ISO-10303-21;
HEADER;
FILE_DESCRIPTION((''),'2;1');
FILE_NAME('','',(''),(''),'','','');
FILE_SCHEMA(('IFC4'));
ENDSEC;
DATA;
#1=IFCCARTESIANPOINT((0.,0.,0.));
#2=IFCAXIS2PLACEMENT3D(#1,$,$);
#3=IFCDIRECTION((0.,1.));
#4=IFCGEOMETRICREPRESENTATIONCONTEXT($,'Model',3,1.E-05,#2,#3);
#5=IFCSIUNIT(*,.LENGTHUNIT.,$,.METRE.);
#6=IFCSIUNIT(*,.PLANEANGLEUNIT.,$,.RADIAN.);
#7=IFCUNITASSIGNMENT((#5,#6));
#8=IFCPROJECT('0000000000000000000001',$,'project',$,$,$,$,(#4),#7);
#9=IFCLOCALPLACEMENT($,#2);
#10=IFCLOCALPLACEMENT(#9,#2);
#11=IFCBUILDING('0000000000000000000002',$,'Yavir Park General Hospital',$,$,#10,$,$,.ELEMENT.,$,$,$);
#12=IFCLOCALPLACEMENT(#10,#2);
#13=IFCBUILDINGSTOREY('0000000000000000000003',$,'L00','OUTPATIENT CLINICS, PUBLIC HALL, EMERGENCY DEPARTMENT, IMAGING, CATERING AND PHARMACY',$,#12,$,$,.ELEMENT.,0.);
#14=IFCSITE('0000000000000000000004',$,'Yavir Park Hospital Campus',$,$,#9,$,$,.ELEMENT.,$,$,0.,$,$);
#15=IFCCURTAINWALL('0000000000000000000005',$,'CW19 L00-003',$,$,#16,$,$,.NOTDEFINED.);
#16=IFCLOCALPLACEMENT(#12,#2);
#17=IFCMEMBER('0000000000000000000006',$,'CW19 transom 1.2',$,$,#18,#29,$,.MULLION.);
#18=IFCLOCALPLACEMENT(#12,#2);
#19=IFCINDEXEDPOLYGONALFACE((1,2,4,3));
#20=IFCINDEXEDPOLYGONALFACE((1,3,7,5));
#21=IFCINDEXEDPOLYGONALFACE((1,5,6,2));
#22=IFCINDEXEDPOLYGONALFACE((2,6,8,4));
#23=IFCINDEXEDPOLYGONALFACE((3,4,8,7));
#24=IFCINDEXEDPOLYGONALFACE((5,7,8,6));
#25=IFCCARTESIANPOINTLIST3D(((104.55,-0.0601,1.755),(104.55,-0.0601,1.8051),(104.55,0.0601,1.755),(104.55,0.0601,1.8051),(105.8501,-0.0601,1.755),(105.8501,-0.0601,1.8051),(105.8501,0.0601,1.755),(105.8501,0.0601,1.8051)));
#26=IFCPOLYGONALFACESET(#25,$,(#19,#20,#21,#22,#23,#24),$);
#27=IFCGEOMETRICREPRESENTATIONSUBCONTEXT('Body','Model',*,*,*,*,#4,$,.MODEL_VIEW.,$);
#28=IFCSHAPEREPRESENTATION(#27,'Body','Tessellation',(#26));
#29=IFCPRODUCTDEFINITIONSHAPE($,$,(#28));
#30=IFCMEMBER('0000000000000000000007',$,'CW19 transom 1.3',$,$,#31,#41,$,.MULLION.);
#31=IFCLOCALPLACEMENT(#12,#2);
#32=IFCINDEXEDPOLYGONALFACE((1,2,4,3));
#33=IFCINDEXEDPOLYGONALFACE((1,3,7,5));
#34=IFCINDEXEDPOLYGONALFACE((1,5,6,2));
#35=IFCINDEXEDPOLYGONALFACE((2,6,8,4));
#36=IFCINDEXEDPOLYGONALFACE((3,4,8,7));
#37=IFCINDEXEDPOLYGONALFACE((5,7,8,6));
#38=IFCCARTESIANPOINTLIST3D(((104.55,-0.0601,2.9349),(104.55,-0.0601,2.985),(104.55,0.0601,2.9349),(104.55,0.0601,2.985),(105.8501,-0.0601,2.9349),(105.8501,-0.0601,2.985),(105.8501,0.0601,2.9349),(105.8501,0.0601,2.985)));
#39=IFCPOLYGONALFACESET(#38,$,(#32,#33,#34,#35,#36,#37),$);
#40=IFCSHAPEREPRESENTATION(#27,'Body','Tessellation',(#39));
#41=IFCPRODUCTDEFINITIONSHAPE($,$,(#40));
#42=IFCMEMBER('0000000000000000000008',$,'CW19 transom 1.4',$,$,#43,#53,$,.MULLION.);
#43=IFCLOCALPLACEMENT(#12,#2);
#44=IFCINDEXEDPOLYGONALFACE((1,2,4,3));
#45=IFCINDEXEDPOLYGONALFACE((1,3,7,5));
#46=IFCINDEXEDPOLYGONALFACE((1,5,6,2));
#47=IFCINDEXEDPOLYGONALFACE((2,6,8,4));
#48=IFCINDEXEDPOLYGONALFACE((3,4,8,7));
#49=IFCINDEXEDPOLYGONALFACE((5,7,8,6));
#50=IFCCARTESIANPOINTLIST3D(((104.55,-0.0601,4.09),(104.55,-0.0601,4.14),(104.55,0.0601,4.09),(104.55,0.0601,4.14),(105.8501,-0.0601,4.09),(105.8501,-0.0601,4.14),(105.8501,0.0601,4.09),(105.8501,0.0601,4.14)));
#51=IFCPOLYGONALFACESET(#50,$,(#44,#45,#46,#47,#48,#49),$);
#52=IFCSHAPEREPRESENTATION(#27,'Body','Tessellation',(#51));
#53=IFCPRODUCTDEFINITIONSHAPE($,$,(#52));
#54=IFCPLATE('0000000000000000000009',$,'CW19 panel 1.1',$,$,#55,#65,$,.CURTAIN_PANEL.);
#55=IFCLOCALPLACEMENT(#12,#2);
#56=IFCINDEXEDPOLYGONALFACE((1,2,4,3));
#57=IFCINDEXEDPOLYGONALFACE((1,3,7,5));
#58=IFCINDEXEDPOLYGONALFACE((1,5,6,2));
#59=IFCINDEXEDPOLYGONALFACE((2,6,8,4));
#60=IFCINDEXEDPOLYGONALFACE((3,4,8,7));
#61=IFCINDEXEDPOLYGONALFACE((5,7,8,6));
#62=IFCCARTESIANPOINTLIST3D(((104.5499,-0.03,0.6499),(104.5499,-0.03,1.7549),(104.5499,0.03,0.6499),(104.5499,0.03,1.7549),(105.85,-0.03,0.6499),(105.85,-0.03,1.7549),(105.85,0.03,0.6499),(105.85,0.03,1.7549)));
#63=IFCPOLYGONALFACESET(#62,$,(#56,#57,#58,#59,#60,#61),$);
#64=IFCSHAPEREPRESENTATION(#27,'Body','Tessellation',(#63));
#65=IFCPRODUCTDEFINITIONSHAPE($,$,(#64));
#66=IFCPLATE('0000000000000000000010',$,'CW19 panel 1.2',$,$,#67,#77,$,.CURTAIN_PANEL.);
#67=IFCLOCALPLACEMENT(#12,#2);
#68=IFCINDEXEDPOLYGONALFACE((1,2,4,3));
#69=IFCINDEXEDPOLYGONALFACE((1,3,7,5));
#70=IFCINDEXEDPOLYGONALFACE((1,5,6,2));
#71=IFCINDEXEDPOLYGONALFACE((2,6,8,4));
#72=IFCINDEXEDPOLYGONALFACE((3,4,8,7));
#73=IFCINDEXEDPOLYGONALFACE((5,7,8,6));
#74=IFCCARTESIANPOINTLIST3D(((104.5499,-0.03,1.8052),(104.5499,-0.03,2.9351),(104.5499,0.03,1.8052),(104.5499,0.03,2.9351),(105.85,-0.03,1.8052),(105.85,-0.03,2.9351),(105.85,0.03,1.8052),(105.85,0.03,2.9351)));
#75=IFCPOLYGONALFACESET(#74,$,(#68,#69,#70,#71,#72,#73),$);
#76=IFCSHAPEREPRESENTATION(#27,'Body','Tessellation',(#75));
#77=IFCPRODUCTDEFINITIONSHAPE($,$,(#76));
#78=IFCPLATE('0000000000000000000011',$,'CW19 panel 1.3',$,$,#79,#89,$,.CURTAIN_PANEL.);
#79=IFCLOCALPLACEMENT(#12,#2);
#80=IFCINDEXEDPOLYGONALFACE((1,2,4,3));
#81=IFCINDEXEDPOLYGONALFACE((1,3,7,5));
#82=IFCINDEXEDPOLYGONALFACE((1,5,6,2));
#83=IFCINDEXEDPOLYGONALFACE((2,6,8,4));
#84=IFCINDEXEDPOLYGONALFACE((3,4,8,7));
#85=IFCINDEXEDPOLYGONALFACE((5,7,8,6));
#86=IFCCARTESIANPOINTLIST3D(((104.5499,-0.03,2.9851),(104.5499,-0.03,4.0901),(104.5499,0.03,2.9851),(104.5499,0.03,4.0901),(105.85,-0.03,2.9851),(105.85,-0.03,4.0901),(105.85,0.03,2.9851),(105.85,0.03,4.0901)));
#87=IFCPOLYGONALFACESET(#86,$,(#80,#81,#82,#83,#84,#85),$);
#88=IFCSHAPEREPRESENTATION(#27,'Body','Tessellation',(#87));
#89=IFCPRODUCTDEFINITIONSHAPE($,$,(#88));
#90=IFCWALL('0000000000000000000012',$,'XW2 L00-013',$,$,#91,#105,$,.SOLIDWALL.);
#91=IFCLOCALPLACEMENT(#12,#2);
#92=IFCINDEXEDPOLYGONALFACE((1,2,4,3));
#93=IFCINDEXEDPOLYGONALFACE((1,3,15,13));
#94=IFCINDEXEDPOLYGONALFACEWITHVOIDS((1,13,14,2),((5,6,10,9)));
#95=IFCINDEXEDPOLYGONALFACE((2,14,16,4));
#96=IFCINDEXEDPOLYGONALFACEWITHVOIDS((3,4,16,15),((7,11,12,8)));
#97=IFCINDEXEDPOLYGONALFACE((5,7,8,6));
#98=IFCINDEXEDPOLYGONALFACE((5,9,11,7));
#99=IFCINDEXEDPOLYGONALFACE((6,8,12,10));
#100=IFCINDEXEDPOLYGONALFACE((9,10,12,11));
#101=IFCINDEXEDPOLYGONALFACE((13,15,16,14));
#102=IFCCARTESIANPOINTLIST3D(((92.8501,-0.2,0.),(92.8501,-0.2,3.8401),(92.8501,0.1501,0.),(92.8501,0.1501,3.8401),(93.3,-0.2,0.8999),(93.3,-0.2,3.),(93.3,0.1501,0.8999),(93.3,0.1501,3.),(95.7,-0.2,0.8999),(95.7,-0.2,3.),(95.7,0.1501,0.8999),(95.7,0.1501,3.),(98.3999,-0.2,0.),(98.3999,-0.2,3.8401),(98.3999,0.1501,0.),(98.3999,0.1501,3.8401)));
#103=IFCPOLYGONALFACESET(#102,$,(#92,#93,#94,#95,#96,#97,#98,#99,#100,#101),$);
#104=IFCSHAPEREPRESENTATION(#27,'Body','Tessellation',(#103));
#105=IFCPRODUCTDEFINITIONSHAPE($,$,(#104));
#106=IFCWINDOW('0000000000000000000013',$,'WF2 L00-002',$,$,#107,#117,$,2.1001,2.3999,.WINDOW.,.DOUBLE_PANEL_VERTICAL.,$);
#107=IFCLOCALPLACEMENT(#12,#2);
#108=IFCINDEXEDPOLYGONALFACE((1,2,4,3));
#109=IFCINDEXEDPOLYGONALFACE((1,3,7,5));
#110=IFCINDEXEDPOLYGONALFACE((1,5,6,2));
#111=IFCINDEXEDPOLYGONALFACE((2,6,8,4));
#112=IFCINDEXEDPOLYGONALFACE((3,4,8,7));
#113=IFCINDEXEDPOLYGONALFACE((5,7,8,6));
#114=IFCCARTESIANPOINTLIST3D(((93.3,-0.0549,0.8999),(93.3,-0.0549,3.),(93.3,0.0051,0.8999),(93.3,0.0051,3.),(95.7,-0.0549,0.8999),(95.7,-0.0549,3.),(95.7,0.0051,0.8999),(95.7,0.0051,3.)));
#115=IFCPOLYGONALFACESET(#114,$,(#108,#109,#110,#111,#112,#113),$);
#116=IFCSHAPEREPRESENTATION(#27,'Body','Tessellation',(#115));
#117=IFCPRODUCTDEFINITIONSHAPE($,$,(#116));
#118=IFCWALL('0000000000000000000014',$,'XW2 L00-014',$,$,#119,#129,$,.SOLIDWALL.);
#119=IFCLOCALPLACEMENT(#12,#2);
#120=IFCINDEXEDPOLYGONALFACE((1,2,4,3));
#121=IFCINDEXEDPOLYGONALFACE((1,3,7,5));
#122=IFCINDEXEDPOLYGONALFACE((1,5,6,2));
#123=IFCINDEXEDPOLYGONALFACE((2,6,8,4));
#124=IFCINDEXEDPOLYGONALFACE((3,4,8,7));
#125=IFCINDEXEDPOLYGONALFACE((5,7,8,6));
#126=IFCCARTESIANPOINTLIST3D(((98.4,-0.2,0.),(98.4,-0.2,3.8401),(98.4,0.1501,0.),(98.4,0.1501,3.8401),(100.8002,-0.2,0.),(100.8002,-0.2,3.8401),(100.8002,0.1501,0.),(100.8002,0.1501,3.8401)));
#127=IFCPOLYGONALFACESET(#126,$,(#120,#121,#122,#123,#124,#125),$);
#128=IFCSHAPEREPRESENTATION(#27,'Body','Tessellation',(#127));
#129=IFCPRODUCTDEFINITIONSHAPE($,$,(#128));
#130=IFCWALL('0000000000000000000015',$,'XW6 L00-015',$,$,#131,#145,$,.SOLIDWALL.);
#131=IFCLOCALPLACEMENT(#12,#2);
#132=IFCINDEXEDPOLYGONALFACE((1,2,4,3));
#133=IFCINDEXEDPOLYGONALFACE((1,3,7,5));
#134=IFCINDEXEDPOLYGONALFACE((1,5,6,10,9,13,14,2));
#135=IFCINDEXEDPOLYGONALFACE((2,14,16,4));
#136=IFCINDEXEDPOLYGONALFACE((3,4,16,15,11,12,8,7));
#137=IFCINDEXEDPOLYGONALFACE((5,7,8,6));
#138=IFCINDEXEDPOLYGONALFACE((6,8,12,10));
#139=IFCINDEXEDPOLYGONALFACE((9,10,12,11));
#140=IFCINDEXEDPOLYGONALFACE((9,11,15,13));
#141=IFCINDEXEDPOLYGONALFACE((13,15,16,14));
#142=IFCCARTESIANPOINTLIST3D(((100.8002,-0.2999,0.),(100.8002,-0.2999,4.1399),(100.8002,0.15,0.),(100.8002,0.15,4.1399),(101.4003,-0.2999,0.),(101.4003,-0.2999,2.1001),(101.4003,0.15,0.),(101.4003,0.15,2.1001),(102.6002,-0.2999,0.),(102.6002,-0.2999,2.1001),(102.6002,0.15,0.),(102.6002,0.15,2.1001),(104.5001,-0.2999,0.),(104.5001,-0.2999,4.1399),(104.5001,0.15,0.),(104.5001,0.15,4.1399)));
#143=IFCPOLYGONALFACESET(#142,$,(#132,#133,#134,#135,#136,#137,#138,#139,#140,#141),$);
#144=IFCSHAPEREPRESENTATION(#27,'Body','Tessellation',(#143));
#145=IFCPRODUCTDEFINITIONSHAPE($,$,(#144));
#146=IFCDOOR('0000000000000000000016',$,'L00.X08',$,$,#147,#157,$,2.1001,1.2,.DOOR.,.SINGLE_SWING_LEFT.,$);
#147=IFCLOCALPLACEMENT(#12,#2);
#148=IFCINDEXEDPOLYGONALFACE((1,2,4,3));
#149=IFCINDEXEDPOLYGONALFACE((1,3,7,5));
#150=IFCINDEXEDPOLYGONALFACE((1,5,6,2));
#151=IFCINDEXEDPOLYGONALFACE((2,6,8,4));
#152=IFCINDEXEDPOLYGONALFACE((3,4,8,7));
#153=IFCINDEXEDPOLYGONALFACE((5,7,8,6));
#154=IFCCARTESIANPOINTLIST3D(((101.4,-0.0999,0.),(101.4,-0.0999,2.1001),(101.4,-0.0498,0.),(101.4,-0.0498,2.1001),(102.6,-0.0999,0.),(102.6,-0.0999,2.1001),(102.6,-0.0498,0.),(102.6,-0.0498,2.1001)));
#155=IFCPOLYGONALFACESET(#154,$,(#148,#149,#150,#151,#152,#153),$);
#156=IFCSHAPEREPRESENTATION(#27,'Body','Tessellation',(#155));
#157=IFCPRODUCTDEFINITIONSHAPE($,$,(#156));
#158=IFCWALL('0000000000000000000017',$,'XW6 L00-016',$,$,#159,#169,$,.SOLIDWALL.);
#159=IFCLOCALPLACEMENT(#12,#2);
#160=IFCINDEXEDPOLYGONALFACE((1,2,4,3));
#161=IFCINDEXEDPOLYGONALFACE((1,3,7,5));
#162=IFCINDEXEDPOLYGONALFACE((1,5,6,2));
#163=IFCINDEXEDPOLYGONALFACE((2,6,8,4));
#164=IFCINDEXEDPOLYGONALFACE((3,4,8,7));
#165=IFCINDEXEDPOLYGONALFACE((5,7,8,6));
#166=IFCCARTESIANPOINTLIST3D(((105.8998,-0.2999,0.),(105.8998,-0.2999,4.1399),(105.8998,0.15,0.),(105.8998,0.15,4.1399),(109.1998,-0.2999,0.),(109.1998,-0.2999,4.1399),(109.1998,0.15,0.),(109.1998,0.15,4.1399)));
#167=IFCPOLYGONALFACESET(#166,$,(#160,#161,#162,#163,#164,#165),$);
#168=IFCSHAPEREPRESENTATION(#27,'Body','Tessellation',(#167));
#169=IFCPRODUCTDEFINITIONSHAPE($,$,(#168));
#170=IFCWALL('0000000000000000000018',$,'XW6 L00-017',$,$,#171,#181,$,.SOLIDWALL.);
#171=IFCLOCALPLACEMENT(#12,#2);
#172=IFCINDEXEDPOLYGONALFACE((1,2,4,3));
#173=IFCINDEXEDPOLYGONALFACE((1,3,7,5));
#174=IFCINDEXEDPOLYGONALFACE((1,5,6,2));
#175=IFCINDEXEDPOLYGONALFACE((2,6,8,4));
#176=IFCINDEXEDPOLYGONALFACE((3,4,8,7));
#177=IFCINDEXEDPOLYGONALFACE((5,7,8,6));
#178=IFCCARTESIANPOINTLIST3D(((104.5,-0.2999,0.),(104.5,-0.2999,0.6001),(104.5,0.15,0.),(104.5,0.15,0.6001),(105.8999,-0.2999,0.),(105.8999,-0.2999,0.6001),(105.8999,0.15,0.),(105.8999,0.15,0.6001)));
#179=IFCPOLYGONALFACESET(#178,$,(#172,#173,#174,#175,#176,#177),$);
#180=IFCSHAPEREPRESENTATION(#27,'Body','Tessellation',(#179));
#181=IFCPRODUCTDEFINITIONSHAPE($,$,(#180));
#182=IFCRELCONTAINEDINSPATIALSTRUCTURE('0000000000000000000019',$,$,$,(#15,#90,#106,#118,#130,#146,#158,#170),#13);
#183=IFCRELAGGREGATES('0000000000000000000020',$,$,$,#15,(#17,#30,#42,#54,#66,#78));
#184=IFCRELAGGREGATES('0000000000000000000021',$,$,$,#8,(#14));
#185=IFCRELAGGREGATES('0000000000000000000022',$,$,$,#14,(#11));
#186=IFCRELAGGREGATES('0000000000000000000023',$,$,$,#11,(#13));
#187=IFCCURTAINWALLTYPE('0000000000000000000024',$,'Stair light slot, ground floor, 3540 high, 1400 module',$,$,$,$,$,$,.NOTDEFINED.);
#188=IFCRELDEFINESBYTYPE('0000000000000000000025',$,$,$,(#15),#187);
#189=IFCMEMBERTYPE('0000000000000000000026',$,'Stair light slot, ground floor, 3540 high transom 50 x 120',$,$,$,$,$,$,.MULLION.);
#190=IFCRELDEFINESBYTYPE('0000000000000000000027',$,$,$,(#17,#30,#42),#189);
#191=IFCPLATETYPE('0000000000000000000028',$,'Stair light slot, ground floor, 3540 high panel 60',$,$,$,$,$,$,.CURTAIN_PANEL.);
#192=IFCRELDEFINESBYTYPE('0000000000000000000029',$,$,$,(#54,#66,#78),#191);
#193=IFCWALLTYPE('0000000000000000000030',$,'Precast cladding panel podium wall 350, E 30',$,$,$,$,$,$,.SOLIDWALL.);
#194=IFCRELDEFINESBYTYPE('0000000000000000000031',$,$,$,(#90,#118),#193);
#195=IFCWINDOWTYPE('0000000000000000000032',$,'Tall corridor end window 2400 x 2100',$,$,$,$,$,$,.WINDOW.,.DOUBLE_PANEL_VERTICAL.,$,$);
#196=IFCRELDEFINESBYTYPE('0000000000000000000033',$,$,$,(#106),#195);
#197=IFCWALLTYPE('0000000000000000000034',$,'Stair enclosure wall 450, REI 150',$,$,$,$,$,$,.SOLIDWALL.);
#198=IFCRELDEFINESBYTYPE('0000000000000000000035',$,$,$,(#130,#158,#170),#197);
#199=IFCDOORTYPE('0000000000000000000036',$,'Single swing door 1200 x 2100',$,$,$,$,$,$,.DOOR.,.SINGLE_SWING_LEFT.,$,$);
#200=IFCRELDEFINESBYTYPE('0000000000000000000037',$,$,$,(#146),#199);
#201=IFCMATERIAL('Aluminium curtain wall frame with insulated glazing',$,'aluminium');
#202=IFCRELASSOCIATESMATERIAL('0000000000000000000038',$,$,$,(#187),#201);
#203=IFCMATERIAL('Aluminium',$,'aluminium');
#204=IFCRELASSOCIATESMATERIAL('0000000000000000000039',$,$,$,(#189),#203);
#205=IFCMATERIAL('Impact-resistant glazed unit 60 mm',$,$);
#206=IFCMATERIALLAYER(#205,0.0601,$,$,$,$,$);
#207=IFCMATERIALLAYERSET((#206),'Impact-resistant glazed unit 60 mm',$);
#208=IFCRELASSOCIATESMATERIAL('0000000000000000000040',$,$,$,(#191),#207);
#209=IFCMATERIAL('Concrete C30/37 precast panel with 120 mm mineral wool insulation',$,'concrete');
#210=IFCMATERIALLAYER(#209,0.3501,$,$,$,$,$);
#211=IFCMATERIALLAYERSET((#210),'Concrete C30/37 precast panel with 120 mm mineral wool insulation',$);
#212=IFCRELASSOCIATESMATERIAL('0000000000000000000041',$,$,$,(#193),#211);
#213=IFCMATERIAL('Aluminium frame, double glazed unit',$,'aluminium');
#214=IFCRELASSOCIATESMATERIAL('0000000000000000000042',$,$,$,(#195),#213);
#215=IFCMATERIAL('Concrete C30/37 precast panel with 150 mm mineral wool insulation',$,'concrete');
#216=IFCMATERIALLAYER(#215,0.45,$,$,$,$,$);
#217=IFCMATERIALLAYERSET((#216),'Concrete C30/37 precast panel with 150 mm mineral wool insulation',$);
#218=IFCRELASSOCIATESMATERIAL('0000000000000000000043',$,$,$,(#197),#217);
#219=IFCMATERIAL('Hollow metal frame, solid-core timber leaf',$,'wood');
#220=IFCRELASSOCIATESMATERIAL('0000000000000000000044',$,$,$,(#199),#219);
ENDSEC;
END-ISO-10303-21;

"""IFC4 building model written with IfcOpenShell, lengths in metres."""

from ifc_helpers import new_model, si_unit, direction, frame, frame_2d, origin, origin_2d, place, context, subcontext, project, spatial, rectangle, extrude, material, layer, layer_set, material_profile, profile_set, type_object, element, fill, aggregate, save


model = new_model("IFC4")

# Units and contexts
model_context = context("Model", 3, precision=1e-05, world=origin(), true_north=direction((0.0, 1.0)))
body_context = subcontext(model_context, "Body", "Model", "MODEL_VIEW")
ifc_project = project(units=[si_unit("LENGTHUNIT", "METRE"), si_unit("PLANEANGLEUNIT", "RADIAN")], contexts=[model_context])

# Site, building, storey
site_placement = place(None, origin())
site = spatial("IfcSite", under=ifc_project, at=site_placement, Name="Yavir Park Hospital Campus", CompositionType="ELEMENT", RefElevation=0.0)
building_placement = place(site_placement, origin())
building = spatial("IfcBuilding", under=site, at=building_placement, Name="Yavir Park General Hospital", CompositionType="ELEMENT")
storey_placement = place(building_placement, origin())
storey = spatial("IfcBuildingStorey", under=building, at=storey_placement, Name="L00", Description="OUTPATIENT CLINICS, PUBLIC HALL, EMERGENCY DEPARTMENT, IMAGING, CATERING AND PHARMACY", CompositionType="ELEMENT", Elevation=0.0)

# Curtain wall, members, plates
ifc_material_1 = material(Name="Aluminium curtain wall frame with insulated glazing", Category="aluminium")
curtain_wall_type = type_object("IfcCurtainWallType", Name="Stair light slot, ground floor, 3540 high, 1400 module", PredefinedType="NOTDEFINED", material=ifc_material_1)
curtain_wall_placement = place(storey_placement, origin())
curtain_wall = element("IfcCurtainWall", 1, at=curtain_wall_placement, inside=storey, type_object=curtain_wall_type, Name="CW19 L00-003", PredefinedType="NOTDEFINED")
ifc_material_2 = material(Name="Aluminium", Category="aluminium")
ifc_material_profile_1 = material_profile(ifc_material_2, rectangle(XDim=0.1201, YDim=0.05, at=origin_2d()), Name="AL 120x50")
ifc_profile_set_1 = profile_set([ifc_material_profile_1], Name="Aluminium")
member_type_1 = type_object("IfcMemberType", Name="Stair light slot, ground floor, 3540 high transom 50 x 120", PredefinedType="MULLION", material=ifc_profile_set_1)
member_1_placement = place(storey_placement, frame((104.55, 0.0, 1.78), z_axis=(1.0, 0.0, 0.0), x_axis=(0.0, 1.0, 0.0)))
member_1 = element("IfcMember", 2, at=member_1_placement, type_object=member_type_1, Name="CW19 transom 1.2", PredefinedType="MULLION", context=body_context, shape_type="SweptSolid", body=[
    extrude(rectangle(XDim=0.1201, YDim=0.05, at=origin_2d()), origin(), (0.0, 0.0, 1.0), 1.3),
])
member_2_placement = place(storey_placement, frame((104.55, 0.0, 2.96), z_axis=(1.0, 0.0, 0.0), x_axis=(0.0, 1.0, 0.0)))
member_2 = element("IfcMember", 3, at=member_2_placement, type_object=member_type_1, Name="CW19 transom 1.3", PredefinedType="MULLION", context=body_context, shape_type="SweptSolid", body=[
    extrude(rectangle(XDim=0.1201, YDim=0.05, at=origin_2d()), origin(), (0.0, 0.0, 1.0), 1.3),
])
member_3_placement = place(storey_placement, frame((104.55, 0.0, 4.115), z_axis=(1.0, 0.0, 0.0), x_axis=(0.0, 1.0, 0.0)))
member_3 = element("IfcMember", 4, at=member_3_placement, type_object=member_type_1, Name="CW19 transom 1.4", PredefinedType="MULLION", context=body_context, shape_type="SweptSolid", body=[
    extrude(rectangle(XDim=0.1201, YDim=0.05, at=origin_2d()), origin(), (0.0, 0.0, 1.0), 1.3),
])
ifc_material_3 = material(Name="Impact-resistant glazed unit 60 mm")
ifc_layer_1 = layer(ifc_material_3, 0.0601)
ifc_layer_set_1 = layer_set([ifc_layer_1], Name="Impact-resistant glazed unit 60 mm")
plate_type = type_object("IfcPlateType", Name="Stair light slot, ground floor, 3540 high panel 60", PredefinedType="CURTAIN_PANEL", material=ifc_layer_set_1)
plate_1_placement = place(storey_placement, frame((105.2, 0.0, 0.6499), z_axis=(0.0, 0.0, 1.0), x_axis=(1.0, 0.0, 0.0)))
plate_1 = element("IfcPlate", 5, at=plate_1_placement, type_object=plate_type, Name="CW19 panel 1.1", PredefinedType="CURTAIN_PANEL", context=body_context, shape_type="SweptSolid", body=[
    extrude(rectangle(XDim=1.3, YDim=0.0601, at=origin_2d()), origin(), (0.0, 0.0, 1.0), 1.105),
])
plate_2_placement = place(storey_placement, frame((105.2, 0.0, 1.8052), z_axis=(0.0, 0.0, 1.0), x_axis=(1.0, 0.0, 0.0)))
plate_2 = element("IfcPlate", 6, at=plate_2_placement, type_object=plate_type, Name="CW19 panel 1.2", PredefinedType="CURTAIN_PANEL", context=body_context, shape_type="SweptSolid", body=[
    extrude(rectangle(XDim=1.3, YDim=0.0601, at=origin_2d()), origin(), (0.0, 0.0, 1.0), 1.1299),
])
plate_3_placement = place(storey_placement, frame((105.2, 0.0, 2.9851), z_axis=(0.0, 0.0, 1.0), x_axis=(1.0, 0.0, 0.0)))
plate_3 = element("IfcPlate", 7, at=plate_3_placement, type_object=plate_type, Name="CW19 panel 1.3", PredefinedType="CURTAIN_PANEL", context=body_context, shape_type="SweptSolid", body=[
    extrude(rectangle(XDim=1.3, YDim=0.0601, at=origin_2d()), origin(), (0.0, 0.0, 1.0), 1.105),
])
aggregate(curtain_wall, [member_1, member_2, member_3, plate_1, plate_2, plate_3])

# Wall, opening, window
ifc_material_4 = material(Name="Concrete C30/37 precast panel with 120 mm mineral wool insulation", Category="concrete")
ifc_layer_2 = layer(ifc_material_4, 0.3501)
ifc_layer_set_2 = layer_set([ifc_layer_2], Name="Concrete C30/37 precast panel with 120 mm mineral wool insulation")
wall_type_1 = type_object("IfcWallType", Name="Precast cladding panel podium wall 350, E 30", PredefinedType="SOLIDWALL", material=ifc_layer_set_2)
wall_1_placement = place(storey_placement, frame((92.8501, -0.0249, 0.0), z_axis=(0.0, 0.0, 1.0), x_axis=(1.0, 0.0, 0.0)))
wall_1 = element("IfcWall", 8, at=wall_1_placement, inside=storey, type_object=wall_type_1, Name="XW2 L00-013", PredefinedType="SOLIDWALL", context=body_context, shape_type="SweptSolid", body=[
    extrude(rectangle(XDim=5.5498, YDim=0.3501, at=frame_2d((2.7749, 0.0))), origin(), (0.0, 0.0, 1.0), 3.8401),
])
opening_1_placement = place(wall_1_placement, frame((0.45, 0.0, 0.8999)))
opening_1 = element("IfcOpeningElement", 9, at=opening_1_placement, cuts=wall_1, PredefinedType="OPENING", context=body_context, shape_type="SweptSolid", body=[
    extrude(rectangle(XDim=2.3999, YDim=2.1001, at=frame_2d((1.2, 1.05))), frame((0.0, 0.1851, 0.0), z_axis=(0.0, -1.0, 0.0), x_axis=(1.0, 0.0, 0.0)), (0.0, 0.0, 1.0), 0.3701),
])
ifc_material_5 = material(Name="Aluminium frame, double glazed unit", Category="aluminium")
window_type = type_object("IfcWindowType", Name="Tall corridor end window 2400 x 2100", PartitioningType="DOUBLE_PANEL_VERTICAL", PredefinedType="WINDOW", material=ifc_material_5)
window_placement = place(opening_1_placement, origin())
window = element("IfcWindow", 10, at=window_placement, inside=storey, type_object=window_type, Name="WF2 L00-002", OverallHeight=2.1001, OverallWidth=2.3999, PartitioningType="DOUBLE_PANEL_VERTICAL", PredefinedType="WINDOW", context=body_context, shape_type="SweptSolid", body=[
    extrude(rectangle(XDim=2.3999, YDim=2.1001, at=frame_2d((1.2, 1.05))), frame((0.0, 0.03, 0.0), z_axis=(0.0, -1.0, 0.0), x_axis=(1.0, 0.0, 0.0)), (0.0, 0.0, 1.0), 0.0601),
])
fill(opening_1, window)

# Wall
wall_2_placement = place(storey_placement, frame((98.3999, -0.0249, 0.0), z_axis=(0.0, 0.0, 1.0), x_axis=(1.0, 0.0, 0.0)))
element("IfcWall", 11, at=wall_2_placement, inside=storey, type_object=wall_type_1, Name="XW2 L00-014", PredefinedType="SOLIDWALL", context=body_context, shape_type="SweptSolid", body=[
    extrude(rectangle(XDim=2.4001, YDim=0.3501, at=frame_2d((1.2002, 0.0))), origin(), (0.0, 0.0, 1.0), 3.8401),
])

# Wall, opening, door
ifc_material_6 = material(Name="Concrete C30/37 precast panel with 150 mm mineral wool insulation", Category="concrete")
ifc_layer_3 = layer(ifc_material_6, 0.45)
ifc_layer_set_3 = layer_set([ifc_layer_3], Name="Concrete C30/37 precast panel with 150 mm mineral wool insulation")
wall_type_2 = type_object("IfcWallType", Name="Stair enclosure wall 450, REI 150", PredefinedType="SOLIDWALL", material=ifc_layer_set_3)
wall_3_placement = place(storey_placement, frame((100.8, -0.075, 0.0), z_axis=(0.0, 0.0, 1.0), x_axis=(1.0, 0.0, 0.0)))
wall_3 = element("IfcWall", 12, at=wall_3_placement, inside=storey, type_object=wall_type_2, Name="XW6 L00-015", PredefinedType="SOLIDWALL", context=body_context, shape_type="SweptSolid", body=[
    extrude(rectangle(XDim=3.7, YDim=0.45, at=frame_2d((1.8501, 0.0))), origin(), (0.0, 0.0, 1.0), 4.1399),
])
opening_2_placement = place(wall_3_placement, frame((0.6001, 0.0, 0.0)))
opening_2 = element("IfcOpeningElement", 13, at=opening_2_placement, cuts=wall_3, PredefinedType="OPENING", context=body_context, shape_type="SweptSolid", body=[
    extrude(rectangle(XDim=1.2, YDim=2.1001, at=frame_2d((0.6001, 1.05))), frame((0.0, 0.2349, 0.0), z_axis=(0.0, -1.0, 0.0), x_axis=(1.0, 0.0, 0.0)), (0.0, 0.0, 1.0), 0.47),
])
ifc_material_7 = material(Name="Hollow metal frame, solid-core timber leaf", Category="wood")
door_type = type_object("IfcDoorType", Name="Single swing door 1200 x 2100", OperationType="SINGLE_SWING_LEFT", PredefinedType="DOOR", material=ifc_material_7)
door_placement = place(opening_2_placement, frame((1.2, 0.0, 0.0), x_axis=(-1.0, 0.0, 0.0)))
door = element("IfcDoor", 14, at=door_placement, inside=storey, type_object=door_type, Name="L00.X08", OperationType="SINGLE_SWING_LEFT", OverallHeight=2.1001, OverallWidth=1.2, PredefinedType="DOOR", context=body_context, shape_type="SweptSolid", body=[
    extrude(rectangle(XDim=1.2, YDim=2.1001, at=frame_2d((0.6001, 1.05))), frame((0.0, 0.0249, 0.0), z_axis=(0.0, -1.0, 0.0), x_axis=(1.0, 0.0, 0.0)), (0.0, 0.0, 1.0), 0.05),
])
fill(opening_2, door)

# Walls
wall_4_placement = place(storey_placement, frame((105.8999, -0.075, 0.0), z_axis=(0.0, 0.0, 1.0), x_axis=(1.0, 0.0, 0.0)))
element("IfcWall", 15, at=wall_4_placement, inside=storey, type_object=wall_type_2, Name="XW6 L00-016", PredefinedType="SOLIDWALL", context=body_context, shape_type="SweptSolid", body=[
    extrude(rectangle(XDim=3.3, YDim=0.45, at=frame_2d((1.6499, 0.0))), origin(), (0.0, 0.0, 1.0), 4.1399),
])
wall_5_placement = place(storey_placement, frame((104.5, -0.075, 0.0), z_axis=(0.0, 0.0, 1.0), x_axis=(1.0, 0.0, 0.0)))
element("IfcWall", 16, at=wall_5_placement, inside=storey, type_object=wall_type_2, Name="XW6 L00-017", PredefinedType="SOLIDWALL", context=body_context, shape_type="SweptSolid", body=[
    extrude(rectangle(XDim=1.3999, YDim=0.45, at=frame_2d((0.7, 0.0))), origin(), (0.0, 0.0, 1.0), 0.6001),
])

save(model, "model.ifc")
